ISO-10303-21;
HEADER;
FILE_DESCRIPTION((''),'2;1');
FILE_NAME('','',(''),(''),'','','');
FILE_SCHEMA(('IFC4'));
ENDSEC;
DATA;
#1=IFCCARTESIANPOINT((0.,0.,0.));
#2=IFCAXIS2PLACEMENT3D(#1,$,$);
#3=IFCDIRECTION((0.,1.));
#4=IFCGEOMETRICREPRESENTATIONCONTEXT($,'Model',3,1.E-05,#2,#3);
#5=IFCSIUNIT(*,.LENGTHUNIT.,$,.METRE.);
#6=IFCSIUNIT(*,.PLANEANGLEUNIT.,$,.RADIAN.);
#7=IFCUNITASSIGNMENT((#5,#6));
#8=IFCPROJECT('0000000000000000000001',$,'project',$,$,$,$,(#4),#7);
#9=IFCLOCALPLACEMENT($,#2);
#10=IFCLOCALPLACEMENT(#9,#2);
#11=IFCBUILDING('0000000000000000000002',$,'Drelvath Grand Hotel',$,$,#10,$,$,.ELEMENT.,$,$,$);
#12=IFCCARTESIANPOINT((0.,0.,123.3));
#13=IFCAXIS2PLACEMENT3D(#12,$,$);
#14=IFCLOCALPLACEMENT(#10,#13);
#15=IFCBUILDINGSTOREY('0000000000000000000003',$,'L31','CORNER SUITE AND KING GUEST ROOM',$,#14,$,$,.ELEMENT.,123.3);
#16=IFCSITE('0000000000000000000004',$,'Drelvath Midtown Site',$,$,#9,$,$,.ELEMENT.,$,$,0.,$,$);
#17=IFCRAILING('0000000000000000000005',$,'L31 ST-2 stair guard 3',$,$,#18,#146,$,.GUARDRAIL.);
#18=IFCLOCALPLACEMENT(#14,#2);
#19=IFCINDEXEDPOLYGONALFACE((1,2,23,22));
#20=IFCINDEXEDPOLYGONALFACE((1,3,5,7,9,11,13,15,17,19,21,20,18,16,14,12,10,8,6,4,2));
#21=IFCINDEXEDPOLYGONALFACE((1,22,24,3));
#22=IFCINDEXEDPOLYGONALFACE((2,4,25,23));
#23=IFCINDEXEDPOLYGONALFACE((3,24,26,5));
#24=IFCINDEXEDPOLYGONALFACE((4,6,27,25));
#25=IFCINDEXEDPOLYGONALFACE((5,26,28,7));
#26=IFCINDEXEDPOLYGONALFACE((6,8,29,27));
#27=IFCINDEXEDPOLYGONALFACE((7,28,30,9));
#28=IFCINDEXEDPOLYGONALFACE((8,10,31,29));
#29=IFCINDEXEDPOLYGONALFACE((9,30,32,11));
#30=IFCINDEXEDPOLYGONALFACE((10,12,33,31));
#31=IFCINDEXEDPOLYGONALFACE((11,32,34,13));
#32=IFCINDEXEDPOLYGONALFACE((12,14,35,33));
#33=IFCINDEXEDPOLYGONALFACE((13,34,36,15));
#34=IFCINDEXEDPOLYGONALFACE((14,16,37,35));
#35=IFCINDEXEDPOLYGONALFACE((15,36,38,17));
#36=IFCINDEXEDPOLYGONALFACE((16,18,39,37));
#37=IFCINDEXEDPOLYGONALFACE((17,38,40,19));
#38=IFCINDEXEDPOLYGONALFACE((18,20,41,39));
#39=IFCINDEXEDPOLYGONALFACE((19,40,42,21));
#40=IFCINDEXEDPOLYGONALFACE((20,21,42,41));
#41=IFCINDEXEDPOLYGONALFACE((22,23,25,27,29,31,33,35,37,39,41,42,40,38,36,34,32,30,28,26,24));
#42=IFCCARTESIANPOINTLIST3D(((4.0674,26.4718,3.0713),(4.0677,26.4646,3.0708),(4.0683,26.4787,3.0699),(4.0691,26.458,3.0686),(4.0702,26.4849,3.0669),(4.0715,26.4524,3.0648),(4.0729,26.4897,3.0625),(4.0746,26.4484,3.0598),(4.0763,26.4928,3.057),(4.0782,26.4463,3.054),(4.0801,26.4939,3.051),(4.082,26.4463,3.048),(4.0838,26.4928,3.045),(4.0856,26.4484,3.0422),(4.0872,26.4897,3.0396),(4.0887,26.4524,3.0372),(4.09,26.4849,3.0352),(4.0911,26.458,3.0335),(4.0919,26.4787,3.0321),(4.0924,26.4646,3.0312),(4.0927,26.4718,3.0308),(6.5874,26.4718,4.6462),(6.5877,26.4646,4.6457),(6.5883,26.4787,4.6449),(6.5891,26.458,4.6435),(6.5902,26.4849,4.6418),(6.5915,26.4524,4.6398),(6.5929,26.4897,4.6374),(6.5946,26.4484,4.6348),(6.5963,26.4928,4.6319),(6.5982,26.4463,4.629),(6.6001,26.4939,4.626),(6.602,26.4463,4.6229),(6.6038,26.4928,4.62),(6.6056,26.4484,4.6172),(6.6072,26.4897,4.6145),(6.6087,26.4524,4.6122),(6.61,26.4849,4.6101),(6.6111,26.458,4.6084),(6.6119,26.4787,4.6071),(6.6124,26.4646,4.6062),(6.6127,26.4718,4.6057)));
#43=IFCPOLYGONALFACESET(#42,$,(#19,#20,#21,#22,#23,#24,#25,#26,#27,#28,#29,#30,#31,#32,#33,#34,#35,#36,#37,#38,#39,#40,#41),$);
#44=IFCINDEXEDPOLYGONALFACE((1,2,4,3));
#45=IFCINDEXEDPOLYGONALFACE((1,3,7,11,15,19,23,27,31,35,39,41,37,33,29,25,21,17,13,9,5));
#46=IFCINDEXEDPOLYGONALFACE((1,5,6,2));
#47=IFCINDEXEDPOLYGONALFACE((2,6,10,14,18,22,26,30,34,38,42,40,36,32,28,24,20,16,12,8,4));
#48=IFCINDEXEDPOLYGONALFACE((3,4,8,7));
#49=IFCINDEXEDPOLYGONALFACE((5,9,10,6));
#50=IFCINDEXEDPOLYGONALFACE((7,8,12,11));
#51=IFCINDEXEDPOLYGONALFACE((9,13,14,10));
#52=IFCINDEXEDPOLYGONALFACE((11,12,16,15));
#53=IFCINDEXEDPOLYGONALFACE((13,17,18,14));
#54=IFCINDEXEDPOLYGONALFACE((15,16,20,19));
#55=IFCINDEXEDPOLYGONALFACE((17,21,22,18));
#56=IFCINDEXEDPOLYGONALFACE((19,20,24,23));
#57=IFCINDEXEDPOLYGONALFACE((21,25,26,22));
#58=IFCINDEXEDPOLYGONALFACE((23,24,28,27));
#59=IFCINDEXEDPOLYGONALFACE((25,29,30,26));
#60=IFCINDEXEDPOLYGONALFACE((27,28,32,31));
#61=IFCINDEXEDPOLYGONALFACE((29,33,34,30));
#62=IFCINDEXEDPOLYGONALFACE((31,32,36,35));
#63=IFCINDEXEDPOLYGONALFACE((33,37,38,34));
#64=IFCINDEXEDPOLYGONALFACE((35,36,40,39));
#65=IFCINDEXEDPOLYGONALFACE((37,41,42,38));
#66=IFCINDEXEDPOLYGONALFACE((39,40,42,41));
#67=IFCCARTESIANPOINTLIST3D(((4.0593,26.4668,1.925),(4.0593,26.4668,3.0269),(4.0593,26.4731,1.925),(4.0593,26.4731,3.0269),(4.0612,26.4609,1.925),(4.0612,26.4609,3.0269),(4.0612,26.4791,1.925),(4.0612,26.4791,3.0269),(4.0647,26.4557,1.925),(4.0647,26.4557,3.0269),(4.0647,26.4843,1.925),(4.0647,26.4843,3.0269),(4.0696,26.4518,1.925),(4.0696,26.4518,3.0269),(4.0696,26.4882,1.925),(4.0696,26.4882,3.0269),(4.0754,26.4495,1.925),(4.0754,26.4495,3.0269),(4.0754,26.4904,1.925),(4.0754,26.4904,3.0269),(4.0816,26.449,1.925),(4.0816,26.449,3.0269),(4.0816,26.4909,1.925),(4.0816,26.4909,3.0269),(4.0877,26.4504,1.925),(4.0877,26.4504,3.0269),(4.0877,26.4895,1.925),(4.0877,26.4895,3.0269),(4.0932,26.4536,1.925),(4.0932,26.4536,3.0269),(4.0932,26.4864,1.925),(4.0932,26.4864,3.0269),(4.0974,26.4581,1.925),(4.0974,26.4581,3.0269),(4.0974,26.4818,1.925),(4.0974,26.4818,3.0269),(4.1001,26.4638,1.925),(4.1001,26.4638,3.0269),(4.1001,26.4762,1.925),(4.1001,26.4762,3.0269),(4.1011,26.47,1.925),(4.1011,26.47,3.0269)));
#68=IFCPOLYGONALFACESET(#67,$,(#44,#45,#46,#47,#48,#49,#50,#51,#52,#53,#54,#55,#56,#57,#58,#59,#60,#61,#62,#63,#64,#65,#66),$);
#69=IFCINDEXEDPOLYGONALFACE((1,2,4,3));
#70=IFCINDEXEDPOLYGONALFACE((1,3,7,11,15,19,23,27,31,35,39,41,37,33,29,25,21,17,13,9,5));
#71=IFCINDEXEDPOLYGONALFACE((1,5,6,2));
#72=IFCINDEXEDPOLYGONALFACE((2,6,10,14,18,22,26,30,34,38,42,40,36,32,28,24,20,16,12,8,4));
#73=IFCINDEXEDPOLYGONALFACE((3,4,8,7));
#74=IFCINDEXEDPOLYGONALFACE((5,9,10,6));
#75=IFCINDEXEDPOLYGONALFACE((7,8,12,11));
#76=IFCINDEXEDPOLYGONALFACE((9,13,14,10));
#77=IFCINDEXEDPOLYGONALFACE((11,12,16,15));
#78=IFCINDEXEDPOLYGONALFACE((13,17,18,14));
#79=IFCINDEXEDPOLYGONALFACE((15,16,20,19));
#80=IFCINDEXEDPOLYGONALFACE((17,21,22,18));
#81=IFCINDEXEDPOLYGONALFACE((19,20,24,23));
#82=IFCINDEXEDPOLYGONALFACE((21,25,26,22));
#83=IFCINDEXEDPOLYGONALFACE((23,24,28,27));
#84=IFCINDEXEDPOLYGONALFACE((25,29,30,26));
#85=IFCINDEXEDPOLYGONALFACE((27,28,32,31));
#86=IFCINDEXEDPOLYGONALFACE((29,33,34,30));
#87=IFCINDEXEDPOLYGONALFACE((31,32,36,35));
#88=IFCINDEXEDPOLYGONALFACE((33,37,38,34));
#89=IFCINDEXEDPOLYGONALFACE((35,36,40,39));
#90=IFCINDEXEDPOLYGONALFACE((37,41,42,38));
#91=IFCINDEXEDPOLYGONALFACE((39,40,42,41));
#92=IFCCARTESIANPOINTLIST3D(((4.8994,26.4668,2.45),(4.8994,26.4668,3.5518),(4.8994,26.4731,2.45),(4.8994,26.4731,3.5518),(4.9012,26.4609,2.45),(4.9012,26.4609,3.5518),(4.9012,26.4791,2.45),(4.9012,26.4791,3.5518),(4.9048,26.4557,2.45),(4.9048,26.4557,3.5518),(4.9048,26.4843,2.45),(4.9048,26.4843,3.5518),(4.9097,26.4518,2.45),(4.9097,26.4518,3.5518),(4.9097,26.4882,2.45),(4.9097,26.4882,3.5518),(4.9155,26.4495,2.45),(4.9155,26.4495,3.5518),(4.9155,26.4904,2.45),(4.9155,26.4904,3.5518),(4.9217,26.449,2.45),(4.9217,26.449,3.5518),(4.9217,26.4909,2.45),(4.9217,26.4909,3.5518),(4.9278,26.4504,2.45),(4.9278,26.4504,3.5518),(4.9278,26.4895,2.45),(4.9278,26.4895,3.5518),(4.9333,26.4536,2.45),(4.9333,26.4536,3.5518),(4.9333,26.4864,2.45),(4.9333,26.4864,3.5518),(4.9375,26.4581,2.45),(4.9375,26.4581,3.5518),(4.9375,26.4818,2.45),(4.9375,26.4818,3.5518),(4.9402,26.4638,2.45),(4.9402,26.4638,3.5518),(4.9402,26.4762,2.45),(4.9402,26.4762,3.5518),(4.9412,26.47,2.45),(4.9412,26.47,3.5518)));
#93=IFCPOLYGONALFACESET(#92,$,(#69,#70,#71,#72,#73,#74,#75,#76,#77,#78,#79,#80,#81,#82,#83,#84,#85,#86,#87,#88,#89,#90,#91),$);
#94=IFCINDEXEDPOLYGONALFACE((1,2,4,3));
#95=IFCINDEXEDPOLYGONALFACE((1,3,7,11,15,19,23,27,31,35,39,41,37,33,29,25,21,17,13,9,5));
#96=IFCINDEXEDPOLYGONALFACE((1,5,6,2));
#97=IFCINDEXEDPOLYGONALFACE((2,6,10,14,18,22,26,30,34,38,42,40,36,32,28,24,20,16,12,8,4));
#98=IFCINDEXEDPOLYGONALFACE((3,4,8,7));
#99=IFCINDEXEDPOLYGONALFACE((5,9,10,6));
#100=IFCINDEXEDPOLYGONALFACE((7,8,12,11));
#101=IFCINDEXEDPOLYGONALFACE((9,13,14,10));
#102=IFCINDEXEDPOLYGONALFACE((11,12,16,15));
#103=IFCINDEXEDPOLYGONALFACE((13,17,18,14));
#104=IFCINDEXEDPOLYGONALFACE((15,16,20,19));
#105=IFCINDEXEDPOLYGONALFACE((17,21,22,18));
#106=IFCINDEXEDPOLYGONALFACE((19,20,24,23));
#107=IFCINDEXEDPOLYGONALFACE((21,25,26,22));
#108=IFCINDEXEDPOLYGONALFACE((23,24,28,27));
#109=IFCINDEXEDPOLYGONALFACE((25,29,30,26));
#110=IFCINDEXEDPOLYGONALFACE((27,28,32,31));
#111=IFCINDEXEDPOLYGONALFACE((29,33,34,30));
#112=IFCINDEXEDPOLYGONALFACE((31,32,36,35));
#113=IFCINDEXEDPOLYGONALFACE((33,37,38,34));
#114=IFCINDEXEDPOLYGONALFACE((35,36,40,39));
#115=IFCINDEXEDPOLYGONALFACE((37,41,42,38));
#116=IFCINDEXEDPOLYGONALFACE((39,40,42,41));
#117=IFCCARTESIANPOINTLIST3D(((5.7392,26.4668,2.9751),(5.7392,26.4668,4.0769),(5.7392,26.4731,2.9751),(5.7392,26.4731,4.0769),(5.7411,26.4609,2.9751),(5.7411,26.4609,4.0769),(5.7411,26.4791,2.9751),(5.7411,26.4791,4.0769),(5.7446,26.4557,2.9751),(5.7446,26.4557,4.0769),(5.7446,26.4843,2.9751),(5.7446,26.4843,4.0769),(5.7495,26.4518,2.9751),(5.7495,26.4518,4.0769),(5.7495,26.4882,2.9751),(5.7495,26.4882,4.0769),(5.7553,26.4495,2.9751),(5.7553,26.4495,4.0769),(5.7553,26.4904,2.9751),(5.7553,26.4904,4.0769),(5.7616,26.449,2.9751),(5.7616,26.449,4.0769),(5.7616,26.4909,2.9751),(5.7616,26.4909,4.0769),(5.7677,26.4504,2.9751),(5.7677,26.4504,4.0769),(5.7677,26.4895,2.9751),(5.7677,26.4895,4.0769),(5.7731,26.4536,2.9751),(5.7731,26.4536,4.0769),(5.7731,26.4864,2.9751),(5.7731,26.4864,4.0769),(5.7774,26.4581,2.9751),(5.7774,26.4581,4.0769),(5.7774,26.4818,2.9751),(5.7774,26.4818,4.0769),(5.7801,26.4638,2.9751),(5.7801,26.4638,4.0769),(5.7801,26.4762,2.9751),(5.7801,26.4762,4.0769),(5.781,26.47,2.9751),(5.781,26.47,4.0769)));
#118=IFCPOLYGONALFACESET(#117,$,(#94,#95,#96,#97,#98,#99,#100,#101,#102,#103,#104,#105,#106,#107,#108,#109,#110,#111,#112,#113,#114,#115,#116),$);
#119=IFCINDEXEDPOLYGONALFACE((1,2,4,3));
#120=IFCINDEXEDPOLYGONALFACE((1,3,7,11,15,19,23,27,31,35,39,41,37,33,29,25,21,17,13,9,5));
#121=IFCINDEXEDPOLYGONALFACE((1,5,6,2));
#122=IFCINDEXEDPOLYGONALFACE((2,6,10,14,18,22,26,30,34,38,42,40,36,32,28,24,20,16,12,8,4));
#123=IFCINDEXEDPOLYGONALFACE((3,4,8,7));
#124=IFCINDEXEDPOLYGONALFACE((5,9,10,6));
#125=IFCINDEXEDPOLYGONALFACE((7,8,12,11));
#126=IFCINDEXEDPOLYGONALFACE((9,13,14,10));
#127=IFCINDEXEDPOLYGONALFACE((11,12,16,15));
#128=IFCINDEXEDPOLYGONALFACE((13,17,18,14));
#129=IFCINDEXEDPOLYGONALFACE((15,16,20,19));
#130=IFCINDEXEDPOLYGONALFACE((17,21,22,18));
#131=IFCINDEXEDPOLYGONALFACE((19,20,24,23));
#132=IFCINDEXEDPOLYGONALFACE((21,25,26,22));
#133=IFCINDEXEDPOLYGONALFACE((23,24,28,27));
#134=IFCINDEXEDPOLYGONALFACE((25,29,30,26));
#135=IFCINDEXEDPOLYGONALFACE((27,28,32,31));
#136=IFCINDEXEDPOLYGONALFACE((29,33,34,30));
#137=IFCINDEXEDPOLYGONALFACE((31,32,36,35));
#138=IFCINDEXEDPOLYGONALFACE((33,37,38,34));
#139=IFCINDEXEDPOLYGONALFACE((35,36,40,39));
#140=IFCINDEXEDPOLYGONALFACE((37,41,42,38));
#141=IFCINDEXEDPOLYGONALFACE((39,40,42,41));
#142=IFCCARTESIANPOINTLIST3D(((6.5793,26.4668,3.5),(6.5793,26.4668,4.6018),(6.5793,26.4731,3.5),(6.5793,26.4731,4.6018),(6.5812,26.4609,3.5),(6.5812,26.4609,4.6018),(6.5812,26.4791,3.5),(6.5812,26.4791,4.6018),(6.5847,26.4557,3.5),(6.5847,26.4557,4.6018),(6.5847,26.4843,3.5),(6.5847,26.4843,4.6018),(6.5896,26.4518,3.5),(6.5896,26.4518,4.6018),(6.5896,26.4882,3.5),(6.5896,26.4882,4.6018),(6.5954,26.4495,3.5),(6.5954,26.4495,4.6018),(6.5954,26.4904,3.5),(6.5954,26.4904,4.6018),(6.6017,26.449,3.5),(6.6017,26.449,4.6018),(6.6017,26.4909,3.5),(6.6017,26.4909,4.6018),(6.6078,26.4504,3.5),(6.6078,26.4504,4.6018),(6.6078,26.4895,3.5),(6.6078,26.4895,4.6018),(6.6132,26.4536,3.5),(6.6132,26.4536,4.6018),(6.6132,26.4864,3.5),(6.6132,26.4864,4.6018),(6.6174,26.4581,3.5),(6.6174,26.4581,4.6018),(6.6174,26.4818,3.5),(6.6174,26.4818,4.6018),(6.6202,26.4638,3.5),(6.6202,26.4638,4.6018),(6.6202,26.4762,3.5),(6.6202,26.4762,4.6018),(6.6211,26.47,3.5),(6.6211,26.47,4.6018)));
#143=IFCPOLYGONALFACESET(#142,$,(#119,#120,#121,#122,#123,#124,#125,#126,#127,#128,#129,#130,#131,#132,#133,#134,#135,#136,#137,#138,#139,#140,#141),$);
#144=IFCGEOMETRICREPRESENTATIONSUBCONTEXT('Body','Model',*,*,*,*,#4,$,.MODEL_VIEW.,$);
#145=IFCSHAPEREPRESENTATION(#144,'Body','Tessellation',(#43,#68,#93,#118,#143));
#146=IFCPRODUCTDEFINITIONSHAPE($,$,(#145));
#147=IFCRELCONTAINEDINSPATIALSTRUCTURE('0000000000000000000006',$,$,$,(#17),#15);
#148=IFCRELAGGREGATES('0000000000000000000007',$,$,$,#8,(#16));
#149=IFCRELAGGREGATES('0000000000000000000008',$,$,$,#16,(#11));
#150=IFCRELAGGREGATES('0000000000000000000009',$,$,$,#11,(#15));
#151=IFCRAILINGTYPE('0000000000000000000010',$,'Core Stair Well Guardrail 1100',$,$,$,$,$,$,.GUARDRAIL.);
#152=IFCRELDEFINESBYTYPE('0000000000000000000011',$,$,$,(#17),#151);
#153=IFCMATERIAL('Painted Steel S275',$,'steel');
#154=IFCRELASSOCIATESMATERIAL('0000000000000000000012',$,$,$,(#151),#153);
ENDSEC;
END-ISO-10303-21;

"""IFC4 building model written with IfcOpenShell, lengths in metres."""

from ifc_helpers import new_model, si_unit, direction, frame, origin, origin_2d, place, context, subcontext, project, spatial, circle, extrude, material, type_object, element, save


model = new_model("IFC4")

# Units and contexts
model_context = context("Model", 3, precision=1e-05, world=origin(), true_north=direction((0.0, 1.0)))
body_context = subcontext(model_context, "Body", "Model", "MODEL_VIEW")
ifc_project = project(units=[si_unit("LENGTHUNIT", "METRE"), si_unit("PLANEANGLEUNIT", "RADIAN")], contexts=[model_context])

# Site, building, storey
site_placement = place(None, origin())
site = spatial("IfcSite", under=ifc_project, at=site_placement, Name="Drelvath Midtown Site", CompositionType="ELEMENT", RefElevation=0.0)
building_placement = place(site_placement, origin())
building = spatial("IfcBuilding", under=site, at=building_placement, Name="Drelvath Grand Hotel", CompositionType="ELEMENT")
storey_placement = place(building_placement, frame((0.0, 0.0, 123.3)))
storey = spatial("IfcBuildingStorey", under=building, at=storey_placement, Name="L31", Description="CORNER SUITE AND KING GUEST ROOM", CompositionType="ELEMENT", Elevation=123.3)

# Railing
ifc_material_1 = material(Name="Painted Steel S275", Category="steel")
railing_type_1 = type_object("IfcRailingType", Name="Core Stair Well Guardrail 1100", PredefinedType="GUARDRAIL", material=ifc_material_1)
railing_1_placement = place(storey_placement, frame((4.0801, 26.47, 1.925)))
element("IfcRailing", 1, at=railing_1_placement, inside=storey, type_object=railing_type_1, Name="L31 ST-2 stair guard 3", PredefinedType="GUARDRAIL", context=body_context, shape_type="SweptSolid", body=[
    extrude(circle(Radius=0.0239, at=origin_2d()), frame((0.0, 0.0, 1.126), z_axis=(0.848008, 0.0, 0.529984), x_axis=(0.0, 1.0, 0.0)), (0.0, 0.0, 1.0), 2.9717),
    extrude(circle(Radius=0.021, at=origin_2d()), origin(), (0.0, 0.0, 1.0), 1.1018),
    extrude(circle(Radius=0.021, at=origin_2d()), frame((0.8401, 0.0, 0.5249)), (0.0, 0.0, 1.0), 1.1018),
    extrude(circle(Radius=0.021, at=origin_2d()), frame((1.6799, 0.0, 1.05)), (0.0, 0.0, 1.0), 1.1018),
    extrude(circle(Radius=0.021, at=origin_2d()), frame((2.52, 0.0, 1.575)), (0.0, 0.0, 1.0), 1.1018),
])

save(model, "model.ifc")
